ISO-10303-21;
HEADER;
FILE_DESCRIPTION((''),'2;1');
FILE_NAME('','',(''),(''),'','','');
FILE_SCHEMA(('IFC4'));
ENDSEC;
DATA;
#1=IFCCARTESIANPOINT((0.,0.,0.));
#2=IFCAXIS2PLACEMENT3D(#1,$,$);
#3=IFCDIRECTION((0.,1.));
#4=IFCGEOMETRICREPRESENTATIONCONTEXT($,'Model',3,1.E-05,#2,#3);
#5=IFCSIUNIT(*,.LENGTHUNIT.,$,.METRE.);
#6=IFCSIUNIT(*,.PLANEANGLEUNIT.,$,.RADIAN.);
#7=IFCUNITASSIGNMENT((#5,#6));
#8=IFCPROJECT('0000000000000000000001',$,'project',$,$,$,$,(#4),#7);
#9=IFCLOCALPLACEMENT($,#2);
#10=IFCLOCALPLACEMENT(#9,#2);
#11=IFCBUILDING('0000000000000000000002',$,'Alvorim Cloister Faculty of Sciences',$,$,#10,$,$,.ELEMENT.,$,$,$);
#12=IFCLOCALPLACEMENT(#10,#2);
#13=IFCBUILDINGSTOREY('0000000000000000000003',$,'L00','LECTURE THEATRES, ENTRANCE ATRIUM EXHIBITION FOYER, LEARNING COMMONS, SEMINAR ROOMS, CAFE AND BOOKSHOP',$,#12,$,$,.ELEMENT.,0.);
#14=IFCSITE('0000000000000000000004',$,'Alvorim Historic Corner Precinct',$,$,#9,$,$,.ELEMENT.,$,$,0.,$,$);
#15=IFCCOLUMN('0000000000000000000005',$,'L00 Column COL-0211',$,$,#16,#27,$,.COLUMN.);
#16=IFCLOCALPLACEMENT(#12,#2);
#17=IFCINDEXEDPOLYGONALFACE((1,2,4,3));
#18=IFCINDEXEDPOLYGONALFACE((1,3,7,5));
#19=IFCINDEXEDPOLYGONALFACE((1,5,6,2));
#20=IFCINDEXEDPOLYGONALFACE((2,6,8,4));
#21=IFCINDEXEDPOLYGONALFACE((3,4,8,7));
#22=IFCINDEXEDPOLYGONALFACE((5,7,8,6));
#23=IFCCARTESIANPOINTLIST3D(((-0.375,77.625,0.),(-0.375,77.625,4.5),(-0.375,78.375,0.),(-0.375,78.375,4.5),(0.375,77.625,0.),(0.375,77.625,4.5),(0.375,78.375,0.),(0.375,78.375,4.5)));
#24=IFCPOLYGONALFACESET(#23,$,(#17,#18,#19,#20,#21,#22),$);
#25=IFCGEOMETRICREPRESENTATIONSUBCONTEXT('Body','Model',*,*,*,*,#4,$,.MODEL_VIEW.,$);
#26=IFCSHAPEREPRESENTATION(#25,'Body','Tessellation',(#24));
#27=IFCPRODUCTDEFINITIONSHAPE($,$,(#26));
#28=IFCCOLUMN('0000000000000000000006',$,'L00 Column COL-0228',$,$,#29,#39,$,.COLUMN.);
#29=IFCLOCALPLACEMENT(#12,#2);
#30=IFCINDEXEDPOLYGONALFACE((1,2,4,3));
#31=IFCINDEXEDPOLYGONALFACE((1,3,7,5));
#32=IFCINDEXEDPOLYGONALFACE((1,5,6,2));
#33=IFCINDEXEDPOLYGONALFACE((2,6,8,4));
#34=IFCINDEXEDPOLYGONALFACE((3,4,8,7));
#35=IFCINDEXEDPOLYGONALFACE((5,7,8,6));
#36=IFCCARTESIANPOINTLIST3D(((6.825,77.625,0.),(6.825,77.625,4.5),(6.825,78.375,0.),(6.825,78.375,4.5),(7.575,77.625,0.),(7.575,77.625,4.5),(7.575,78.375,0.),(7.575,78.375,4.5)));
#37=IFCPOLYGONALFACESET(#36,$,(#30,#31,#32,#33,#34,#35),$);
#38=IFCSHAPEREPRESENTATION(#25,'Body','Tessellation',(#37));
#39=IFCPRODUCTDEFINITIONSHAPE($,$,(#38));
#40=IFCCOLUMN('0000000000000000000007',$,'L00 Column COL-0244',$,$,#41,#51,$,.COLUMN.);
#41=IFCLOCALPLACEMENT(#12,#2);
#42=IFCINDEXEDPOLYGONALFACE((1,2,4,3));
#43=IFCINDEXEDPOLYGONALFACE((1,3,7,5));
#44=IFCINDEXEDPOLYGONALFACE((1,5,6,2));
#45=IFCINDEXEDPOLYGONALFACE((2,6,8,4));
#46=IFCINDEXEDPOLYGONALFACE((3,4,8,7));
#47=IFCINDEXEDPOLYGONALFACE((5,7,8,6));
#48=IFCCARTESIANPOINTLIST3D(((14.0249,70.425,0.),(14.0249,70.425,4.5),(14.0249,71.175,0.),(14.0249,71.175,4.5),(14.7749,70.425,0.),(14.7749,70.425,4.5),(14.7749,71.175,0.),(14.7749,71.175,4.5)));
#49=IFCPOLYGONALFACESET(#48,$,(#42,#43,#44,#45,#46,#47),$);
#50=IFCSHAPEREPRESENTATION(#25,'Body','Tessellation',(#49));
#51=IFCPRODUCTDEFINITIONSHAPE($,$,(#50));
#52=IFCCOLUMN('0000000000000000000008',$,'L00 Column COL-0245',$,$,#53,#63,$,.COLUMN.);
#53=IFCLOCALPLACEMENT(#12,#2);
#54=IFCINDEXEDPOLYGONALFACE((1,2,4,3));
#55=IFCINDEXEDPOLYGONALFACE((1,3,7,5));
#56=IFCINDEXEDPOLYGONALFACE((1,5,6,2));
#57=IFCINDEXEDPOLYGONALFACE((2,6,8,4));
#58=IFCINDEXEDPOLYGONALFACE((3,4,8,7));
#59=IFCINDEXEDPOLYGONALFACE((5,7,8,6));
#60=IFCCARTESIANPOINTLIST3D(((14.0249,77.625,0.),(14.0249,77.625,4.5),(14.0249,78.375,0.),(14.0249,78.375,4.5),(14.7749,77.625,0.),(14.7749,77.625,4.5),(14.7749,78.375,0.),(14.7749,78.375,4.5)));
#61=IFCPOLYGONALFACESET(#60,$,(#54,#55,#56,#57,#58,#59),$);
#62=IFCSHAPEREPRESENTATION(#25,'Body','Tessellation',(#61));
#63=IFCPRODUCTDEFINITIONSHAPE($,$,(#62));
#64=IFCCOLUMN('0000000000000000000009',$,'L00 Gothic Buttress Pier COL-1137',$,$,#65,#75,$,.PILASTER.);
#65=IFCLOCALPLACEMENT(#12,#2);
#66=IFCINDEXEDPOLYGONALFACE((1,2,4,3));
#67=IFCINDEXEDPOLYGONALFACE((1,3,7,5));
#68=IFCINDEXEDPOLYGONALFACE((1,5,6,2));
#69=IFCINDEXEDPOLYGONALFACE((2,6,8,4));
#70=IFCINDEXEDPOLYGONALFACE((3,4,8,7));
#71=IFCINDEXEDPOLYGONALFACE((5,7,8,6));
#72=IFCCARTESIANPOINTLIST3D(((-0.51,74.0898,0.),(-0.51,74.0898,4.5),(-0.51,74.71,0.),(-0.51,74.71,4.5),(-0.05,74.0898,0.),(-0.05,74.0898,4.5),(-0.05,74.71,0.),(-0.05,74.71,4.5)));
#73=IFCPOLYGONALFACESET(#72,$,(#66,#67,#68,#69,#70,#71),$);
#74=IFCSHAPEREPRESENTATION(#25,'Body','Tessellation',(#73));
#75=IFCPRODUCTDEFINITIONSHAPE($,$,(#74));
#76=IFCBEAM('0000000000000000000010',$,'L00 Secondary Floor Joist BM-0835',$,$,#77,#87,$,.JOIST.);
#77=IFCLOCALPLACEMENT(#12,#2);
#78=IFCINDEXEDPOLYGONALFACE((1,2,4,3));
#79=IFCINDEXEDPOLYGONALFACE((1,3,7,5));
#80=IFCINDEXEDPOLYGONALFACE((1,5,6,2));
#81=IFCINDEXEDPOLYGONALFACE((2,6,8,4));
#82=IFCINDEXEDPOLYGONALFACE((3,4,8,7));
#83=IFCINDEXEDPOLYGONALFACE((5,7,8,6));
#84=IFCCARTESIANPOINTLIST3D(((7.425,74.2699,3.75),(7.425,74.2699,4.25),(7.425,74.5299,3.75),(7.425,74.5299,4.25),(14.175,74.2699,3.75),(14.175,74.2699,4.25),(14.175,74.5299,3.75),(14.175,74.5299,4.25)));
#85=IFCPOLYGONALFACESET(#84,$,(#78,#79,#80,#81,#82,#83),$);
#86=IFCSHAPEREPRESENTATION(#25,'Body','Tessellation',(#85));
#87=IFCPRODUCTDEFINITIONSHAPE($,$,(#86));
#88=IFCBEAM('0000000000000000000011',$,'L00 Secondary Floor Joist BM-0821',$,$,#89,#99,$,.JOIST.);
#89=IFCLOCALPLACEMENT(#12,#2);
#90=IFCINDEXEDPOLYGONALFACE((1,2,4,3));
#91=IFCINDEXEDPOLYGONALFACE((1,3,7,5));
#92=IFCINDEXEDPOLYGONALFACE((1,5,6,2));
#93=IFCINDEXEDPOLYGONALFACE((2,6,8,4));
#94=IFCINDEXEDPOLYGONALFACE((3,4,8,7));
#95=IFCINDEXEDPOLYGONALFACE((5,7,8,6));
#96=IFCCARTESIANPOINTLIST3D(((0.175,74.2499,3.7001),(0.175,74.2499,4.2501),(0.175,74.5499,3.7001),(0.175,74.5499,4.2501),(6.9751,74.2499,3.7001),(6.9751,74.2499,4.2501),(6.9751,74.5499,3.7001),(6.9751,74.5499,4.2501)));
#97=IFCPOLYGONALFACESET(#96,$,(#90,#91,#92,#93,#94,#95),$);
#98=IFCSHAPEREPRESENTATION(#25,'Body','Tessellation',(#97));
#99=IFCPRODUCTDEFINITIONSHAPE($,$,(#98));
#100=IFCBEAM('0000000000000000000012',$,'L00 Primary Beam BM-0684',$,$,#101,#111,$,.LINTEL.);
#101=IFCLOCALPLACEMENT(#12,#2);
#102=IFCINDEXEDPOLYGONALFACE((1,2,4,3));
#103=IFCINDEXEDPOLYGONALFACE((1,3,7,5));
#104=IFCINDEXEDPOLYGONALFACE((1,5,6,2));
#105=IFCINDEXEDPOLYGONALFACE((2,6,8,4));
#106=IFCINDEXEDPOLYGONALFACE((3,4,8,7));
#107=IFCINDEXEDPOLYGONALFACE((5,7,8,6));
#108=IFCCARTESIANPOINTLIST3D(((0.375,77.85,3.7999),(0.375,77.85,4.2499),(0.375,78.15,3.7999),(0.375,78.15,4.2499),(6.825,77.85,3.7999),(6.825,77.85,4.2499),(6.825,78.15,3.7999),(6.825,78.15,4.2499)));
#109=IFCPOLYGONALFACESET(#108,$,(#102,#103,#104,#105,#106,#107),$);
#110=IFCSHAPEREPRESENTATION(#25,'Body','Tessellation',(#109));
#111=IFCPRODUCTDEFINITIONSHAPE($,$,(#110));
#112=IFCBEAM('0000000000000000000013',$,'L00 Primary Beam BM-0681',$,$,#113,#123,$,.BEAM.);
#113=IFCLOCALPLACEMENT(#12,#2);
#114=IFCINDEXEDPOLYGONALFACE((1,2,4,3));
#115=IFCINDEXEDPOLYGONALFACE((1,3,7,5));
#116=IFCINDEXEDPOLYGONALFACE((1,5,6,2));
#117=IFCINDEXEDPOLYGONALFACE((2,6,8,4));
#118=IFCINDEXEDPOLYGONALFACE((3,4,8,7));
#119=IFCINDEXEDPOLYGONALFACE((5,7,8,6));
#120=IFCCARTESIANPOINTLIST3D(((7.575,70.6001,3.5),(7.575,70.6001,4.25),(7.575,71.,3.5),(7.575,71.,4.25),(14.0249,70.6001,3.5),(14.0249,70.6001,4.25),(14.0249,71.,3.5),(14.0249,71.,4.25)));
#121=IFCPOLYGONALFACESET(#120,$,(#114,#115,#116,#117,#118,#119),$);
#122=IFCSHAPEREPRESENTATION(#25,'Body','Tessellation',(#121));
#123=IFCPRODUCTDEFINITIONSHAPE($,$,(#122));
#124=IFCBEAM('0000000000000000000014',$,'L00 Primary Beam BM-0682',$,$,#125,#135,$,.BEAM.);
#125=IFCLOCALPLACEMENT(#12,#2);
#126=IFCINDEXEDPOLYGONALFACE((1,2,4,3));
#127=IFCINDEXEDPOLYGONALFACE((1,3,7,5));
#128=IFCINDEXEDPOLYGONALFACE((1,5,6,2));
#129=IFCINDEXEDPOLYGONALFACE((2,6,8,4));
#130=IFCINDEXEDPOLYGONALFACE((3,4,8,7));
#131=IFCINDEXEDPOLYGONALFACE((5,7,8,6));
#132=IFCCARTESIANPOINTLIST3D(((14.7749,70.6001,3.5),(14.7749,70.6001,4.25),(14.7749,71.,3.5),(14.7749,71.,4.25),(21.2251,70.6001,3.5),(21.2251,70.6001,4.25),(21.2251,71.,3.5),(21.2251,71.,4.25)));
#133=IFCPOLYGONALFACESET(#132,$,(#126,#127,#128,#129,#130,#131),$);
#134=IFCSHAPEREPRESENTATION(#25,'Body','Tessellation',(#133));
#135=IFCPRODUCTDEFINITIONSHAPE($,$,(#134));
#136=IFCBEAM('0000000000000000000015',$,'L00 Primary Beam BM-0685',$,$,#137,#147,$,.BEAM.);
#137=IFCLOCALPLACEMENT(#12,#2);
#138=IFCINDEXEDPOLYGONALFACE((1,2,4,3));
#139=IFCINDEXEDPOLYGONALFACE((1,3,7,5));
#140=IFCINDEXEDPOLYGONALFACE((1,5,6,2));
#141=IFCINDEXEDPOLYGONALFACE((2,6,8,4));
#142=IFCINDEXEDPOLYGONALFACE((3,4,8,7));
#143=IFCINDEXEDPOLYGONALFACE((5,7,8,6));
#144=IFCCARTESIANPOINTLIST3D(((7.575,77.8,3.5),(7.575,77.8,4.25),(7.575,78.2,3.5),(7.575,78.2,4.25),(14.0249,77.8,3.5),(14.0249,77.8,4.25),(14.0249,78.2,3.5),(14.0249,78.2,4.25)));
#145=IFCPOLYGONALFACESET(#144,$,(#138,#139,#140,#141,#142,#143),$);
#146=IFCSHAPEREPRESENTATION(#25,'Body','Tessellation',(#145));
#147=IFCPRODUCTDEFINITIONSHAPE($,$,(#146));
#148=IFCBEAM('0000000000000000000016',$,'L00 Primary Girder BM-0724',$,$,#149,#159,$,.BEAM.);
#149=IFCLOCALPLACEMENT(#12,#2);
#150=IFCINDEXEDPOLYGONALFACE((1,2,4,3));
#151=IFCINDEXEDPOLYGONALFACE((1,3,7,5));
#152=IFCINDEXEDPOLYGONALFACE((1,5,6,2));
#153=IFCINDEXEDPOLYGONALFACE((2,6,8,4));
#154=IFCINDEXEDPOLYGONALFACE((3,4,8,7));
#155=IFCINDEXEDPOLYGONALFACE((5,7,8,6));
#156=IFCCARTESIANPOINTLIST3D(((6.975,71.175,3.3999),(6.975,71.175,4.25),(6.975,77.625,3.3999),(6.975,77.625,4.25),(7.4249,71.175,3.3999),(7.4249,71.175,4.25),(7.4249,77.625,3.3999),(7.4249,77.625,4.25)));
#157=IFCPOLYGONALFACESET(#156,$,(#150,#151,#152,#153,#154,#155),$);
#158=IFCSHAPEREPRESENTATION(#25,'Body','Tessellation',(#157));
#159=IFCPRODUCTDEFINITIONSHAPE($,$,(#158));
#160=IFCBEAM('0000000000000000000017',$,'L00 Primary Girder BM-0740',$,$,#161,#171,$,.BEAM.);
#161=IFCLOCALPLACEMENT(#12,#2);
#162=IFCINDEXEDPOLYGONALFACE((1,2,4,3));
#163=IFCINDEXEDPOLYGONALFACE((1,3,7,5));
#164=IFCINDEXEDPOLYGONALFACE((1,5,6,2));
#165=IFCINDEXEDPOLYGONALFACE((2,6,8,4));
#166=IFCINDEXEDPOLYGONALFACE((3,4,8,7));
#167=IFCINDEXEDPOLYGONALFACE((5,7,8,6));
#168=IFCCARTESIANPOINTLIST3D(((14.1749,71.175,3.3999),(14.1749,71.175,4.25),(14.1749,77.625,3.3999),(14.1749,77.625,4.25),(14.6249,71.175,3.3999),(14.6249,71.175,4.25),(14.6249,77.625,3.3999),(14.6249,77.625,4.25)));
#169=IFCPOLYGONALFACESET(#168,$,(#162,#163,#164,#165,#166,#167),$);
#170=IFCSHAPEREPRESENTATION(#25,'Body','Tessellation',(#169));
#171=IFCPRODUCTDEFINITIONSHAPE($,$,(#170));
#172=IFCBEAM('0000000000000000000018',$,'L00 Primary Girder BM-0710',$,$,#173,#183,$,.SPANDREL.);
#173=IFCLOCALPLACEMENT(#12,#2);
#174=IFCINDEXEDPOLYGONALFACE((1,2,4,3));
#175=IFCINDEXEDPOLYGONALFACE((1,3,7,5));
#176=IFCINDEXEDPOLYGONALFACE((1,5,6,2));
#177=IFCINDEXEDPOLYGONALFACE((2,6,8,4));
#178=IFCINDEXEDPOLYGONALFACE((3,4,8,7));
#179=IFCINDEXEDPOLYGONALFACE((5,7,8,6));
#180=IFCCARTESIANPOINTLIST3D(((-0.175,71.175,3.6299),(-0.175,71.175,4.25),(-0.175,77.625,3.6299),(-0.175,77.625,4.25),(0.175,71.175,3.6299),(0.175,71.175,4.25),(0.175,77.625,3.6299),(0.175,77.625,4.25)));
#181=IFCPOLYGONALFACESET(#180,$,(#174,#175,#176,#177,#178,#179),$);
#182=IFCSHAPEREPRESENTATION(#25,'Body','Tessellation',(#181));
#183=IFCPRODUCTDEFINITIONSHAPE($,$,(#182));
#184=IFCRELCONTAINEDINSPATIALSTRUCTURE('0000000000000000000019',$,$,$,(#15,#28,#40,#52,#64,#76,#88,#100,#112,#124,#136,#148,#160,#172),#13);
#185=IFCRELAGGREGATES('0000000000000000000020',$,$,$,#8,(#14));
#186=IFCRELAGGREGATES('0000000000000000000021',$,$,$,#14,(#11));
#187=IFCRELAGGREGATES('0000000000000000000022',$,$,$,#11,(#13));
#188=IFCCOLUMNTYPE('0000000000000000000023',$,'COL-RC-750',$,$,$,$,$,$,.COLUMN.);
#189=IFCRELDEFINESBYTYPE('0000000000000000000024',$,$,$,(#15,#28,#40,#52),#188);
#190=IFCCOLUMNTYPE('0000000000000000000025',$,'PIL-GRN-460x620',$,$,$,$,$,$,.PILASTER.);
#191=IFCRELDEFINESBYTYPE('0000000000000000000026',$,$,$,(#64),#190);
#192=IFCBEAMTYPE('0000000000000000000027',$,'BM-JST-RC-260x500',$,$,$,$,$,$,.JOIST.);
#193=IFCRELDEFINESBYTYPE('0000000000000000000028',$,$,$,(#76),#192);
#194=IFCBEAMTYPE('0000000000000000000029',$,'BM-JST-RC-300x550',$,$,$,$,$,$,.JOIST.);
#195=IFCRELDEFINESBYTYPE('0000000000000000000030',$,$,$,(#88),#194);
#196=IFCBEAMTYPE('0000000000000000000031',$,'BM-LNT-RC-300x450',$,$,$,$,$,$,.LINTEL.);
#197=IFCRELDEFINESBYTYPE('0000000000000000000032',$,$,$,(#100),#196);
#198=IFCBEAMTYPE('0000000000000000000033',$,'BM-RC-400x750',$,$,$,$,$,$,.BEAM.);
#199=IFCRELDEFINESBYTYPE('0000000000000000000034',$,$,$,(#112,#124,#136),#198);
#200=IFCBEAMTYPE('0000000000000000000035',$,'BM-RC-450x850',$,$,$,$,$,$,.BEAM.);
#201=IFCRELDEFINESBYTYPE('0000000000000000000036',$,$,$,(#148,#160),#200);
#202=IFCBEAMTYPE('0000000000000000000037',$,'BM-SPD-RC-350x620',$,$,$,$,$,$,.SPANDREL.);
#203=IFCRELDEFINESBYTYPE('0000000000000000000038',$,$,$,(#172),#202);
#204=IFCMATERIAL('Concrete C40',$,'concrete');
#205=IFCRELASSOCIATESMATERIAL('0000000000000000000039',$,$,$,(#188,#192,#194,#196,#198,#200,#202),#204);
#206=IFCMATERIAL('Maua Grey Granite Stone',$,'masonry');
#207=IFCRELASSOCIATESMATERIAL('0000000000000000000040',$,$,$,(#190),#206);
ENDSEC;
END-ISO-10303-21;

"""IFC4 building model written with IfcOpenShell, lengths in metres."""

from ifc_helpers import new_model, si_unit, direction, frame, origin, origin_2d, place, context, subcontext, project, spatial, rectangle, extrude, material, material_profile, profile_set, type_object, element, save


model = new_model("IFC4")

# Units and contexts
model_context = context("Model", 3, precision=1e-05, world=origin(), true_north=direction((0.0, 1.0)))
body_context = subcontext(model_context, "Body", "Model", "MODEL_VIEW")
ifc_project = project(units=[si_unit("LENGTHUNIT", "METRE"), si_unit("PLANEANGLEUNIT", "RADIAN")], contexts=[model_context])

# Site, building, storey
site_placement = place(None, origin())
site = spatial("IfcSite", under=ifc_project, at=site_placement, Name="Alvorim Historic Corner Precinct", CompositionType="ELEMENT", RefElevation=0.0)
building_placement = place(site_placement, origin())
building = spatial("IfcBuilding", under=site, at=building_placement, Name="Alvorim Cloister Faculty of Sciences", CompositionType="ELEMENT")
storey_placement = place(building_placement, origin())
storey = spatial("IfcBuildingStorey", under=building, at=storey_placement, Name="L00", Description="LECTURE THEATRES, ENTRANCE ATRIUM EXHIBITION FOYER, LEARNING COMMONS, SEMINAR ROOMS, CAFE AND BOOKSHOP", CompositionType="ELEMENT", Elevation=0.0)

# Columns
ifc_material_1 = material(Name="Concrete C40", Category="concrete")
ifc_material_profile_1 = material_profile(ifc_material_1, rectangle(XDim=0.75, YDim=0.75, at=origin_2d()), Name="RC40-COL-750x750")
ifc_profile_set_1 = profile_set([ifc_material_profile_1], Name="Concrete C40")
column_type_1 = type_object("IfcColumnType", Name="COL-RC-750", PredefinedType="COLUMN", material=ifc_profile_set_1)
for number, where, z_axis, x_axis, name in (
    (1, (0.0, 78.0, 0.0), (0.0, 0.0, 1.0), (1.0, 0.0, 0.0), "L00 Column COL-0211"),
    (2, (7.2, 78.0, 0.0), (0.0, 0.0, 1.0), (1.0, 0.0, 0.0), "L00 Column COL-0228"),
    (3, (14.3999, 70.8, 0.0), (0.0, 0.0, 1.0), (1.0, 0.0, 0.0), "L00 Column COL-0244"),
    (4, (14.3999, 78.0, 0.0), (0.0, 0.0, 1.0), (1.0, 0.0, 0.0), "L00 Column COL-0245"),
):
    element("IfcColumn", number, at=place(storey_placement, frame(where, z_axis=z_axis, x_axis=x_axis)), inside=storey, type_object=column_type_1, Name=name, PredefinedType="COLUMN", context=body_context, shape_type="SweptSolid", body=[
        extrude(rectangle(XDim=0.75, YDim=0.75, at=origin_2d()), origin(), (0.0, 0.0, 1.0), 4.5),
    ])
ifc_material_2 = material(Name="Maua Grey Granite Stone", Category="masonry")
ifc_material_profile_2 = material_profile(ifc_material_2, rectangle(XDim=0.46, YDim=0.6201, at=origin_2d()), Name="GRN-PIER-460x620")
ifc_profile_set_2 = profile_set([ifc_material_profile_2], Name="Maua Grey Granite Stone")
column_type_2 = type_object("IfcColumnType", Name="PIL-GRN-460x620", PredefinedType="PILASTER", material=ifc_profile_set_2)
column_placement = place(storey_placement, frame((-0.28, 74.3999, 0.0), z_axis=(0.0, 0.0, 1.0), x_axis=(1.0, 0.0, 0.0)))
element("IfcColumn", 5, at=column_placement, inside=storey, type_object=column_type_2, Name="L00 Gothic Buttress Pier COL-1137", PredefinedType="PILASTER", context=body_context, shape_type="SweptSolid", body=[
    extrude(rectangle(XDim=0.46, YDim=0.6201, at=origin_2d()), origin(), (0.0, 0.0, 1.0), 4.5),
])

# Beams
ifc_material_profile_3 = material_profile(ifc_material_1, rectangle(XDim=0.26, YDim=0.5, at=origin_2d()), Name="RC40-JST-260x500")
ifc_profile_set_3 = profile_set([ifc_material_profile_3], Name="Concrete C40")
beam_type_1 = type_object("IfcBeamType", Name="BM-JST-RC-260x500", PredefinedType="JOIST", material=ifc_profile_set_3)
beam_1_placement = place(storey_placement, frame((7.425, 74.3999, 4.0), z_axis=(1.0, 0.0, 0.0), x_axis=(0.0, 1.0, 0.0)))
element("IfcBeam", 6, at=beam_1_placement, inside=storey, type_object=beam_type_1, Name="L00 Secondary Floor Joist BM-0835", PredefinedType="JOIST", context=body_context, shape_type="SweptSolid", body=[
    extrude(rectangle(XDim=0.26, YDim=0.5, at=origin_2d()), origin(), (0.0, 0.0, 1.0), 6.75),
])
ifc_material_profile_4 = material_profile(ifc_material_1, rectangle(XDim=0.3, YDim=0.55, at=origin_2d()), Name="RC40-JST-300x550")
ifc_profile_set_4 = profile_set([ifc_material_profile_4], Name="Concrete C40")
beam_type_2 = type_object("IfcBeamType", Name="BM-JST-RC-300x550", PredefinedType="JOIST", material=ifc_profile_set_4)
beam_2_placement = place(storey_placement, frame((0.175, 74.3999, 3.9751), z_axis=(1.0, 0.0, 0.0), x_axis=(0.0, 1.0, 0.0)))
element("IfcBeam", 7, at=beam_2_placement, inside=storey, type_object=beam_type_2, Name="L00 Secondary Floor Joist BM-0821", PredefinedType="JOIST", context=body_context, shape_type="SweptSolid", body=[
    extrude(rectangle(XDim=0.3, YDim=0.55, at=origin_2d()), origin(), (0.0, 0.0, 1.0), 6.8),
])
ifc_material_profile_5 = material_profile(ifc_material_1, rectangle(XDim=0.3, YDim=0.45, at=origin_2d()), Name="RC40-LNT-300x450")
ifc_profile_set_5 = profile_set([ifc_material_profile_5], Name="Concrete C40")
beam_type_3 = type_object("IfcBeamType", Name="BM-LNT-RC-300x450", PredefinedType="LINTEL", material=ifc_profile_set_5)
beam_3_placement = place(storey_placement, frame((0.375, 78.0, 4.0249), z_axis=(1.0, 0.0, 0.0), x_axis=(0.0, 1.0, 0.0)))
element("IfcBeam", 8, at=beam_3_placement, inside=storey, type_object=beam_type_3, Name="L00 Primary Beam BM-0684", PredefinedType="LINTEL", context=body_context, shape_type="SweptSolid", body=[
    extrude(rectangle(XDim=0.3, YDim=0.45, at=origin_2d()), origin(), (0.0, 0.0, 1.0), 6.45),
])
ifc_material_profile_6 = material_profile(ifc_material_1, rectangle(XDim=0.3999, YDim=0.75, at=origin_2d()), Name="RC40-BM-400x750")
ifc_profile_set_6 = profile_set([ifc_material_profile_6], Name="Concrete C40")
beam_type_4 = type_object("IfcBeamType", Name="BM-RC-400x750", PredefinedType="BEAM", material=ifc_profile_set_6)
beam_4_placement = place(storey_placement, frame((7.575, 70.8, 3.875), z_axis=(1.0, 0.0, 0.0), x_axis=(0.0, 1.0, 0.0)))
element("IfcBeam", 9, at=beam_4_placement, inside=storey, type_object=beam_type_4, Name="L00 Primary Beam BM-0681", PredefinedType="BEAM", context=body_context, shape_type="SweptSolid", body=[
    extrude(rectangle(XDim=0.3999, YDim=0.75, at=origin_2d()), origin(), (0.0, 0.0, 1.0), 6.45),
])
beam_5_placement = place(storey_placement, frame((14.7749, 70.8, 3.875), z_axis=(1.0, 0.0, 0.0), x_axis=(0.0, 1.0, 0.0)))
element("IfcBeam", 10, at=beam_5_placement, inside=storey, type_object=beam_type_4, Name="L00 Primary Beam BM-0682", PredefinedType="BEAM", context=body_context, shape_type="SweptSolid", body=[
    extrude(rectangle(XDim=0.3999, YDim=0.75, at=origin_2d()), origin(), (0.0, 0.0, 1.0), 6.4502),
])
beam_6_placement = place(storey_placement, frame((7.575, 78.0, 3.875), z_axis=(1.0, 0.0, 0.0), x_axis=(0.0, 1.0, 0.0)))
element("IfcBeam", 11, at=beam_6_placement, inside=storey, type_object=beam_type_4, Name="L00 Primary Beam BM-0685", PredefinedType="BEAM", context=body_context, shape_type="SweptSolid", body=[
    extrude(rectangle(XDim=0.3999, YDim=0.75, at=origin_2d()), origin(), (0.0, 0.0, 1.0), 6.45),
])
ifc_material_profile_7 = material_profile(ifc_material_1, rectangle(XDim=0.45, YDim=0.8501, at=origin_2d()), Name="RC40-BM-450x850")
ifc_profile_set_7 = profile_set([ifc_material_profile_7], Name="Concrete C40")
beam_type_5 = type_object("IfcBeamType", Name="BM-RC-450x850", PredefinedType="BEAM", material=ifc_profile_set_7)
for number, where, z_axis, x_axis, name in (
    (12, (7.2, 71.175, 3.825), (0.0, 1.0, 0.0), (-1.0, 0.0, 0.0), "L00 Primary Girder BM-0724"),
    (13, (14.3999, 71.175, 3.825), (0.0, 1.0, 0.0), (-1.0, 0.0, 0.0), "L00 Primary Girder BM-0740"),
):
    element("IfcBeam", number, at=place(storey_placement, frame(where, z_axis=z_axis, x_axis=x_axis)), inside=storey, type_object=beam_type_5, Name=name, PredefinedType="BEAM", context=body_context, shape_type="SweptSolid", body=[
        extrude(rectangle(XDim=0.45, YDim=0.8501, at=origin_2d()), origin(), (0.0, 0.0, 1.0), 6.45),
    ])
ifc_material_profile_8 = material_profile(ifc_material_1, rectangle(XDim=0.3501, YDim=0.6201, at=origin_2d()), Name="RC40-SPD-350x620")
ifc_profile_set_8 = profile_set([ifc_material_profile_8], Name="Concrete C40")
beam_type_6 = type_object("IfcBeamType", Name="BM-SPD-RC-350x620", PredefinedType="SPANDREL", material=ifc_profile_set_8)
beam_7_placement = place(storey_placement, frame((0.0, 71.175, 3.9399), z_axis=(0.0, 1.0, 0.0), x_axis=(-1.0, 0.0, 0.0)))
element("IfcBeam", 14, at=beam_7_placement, inside=storey, type_object=beam_type_6, Name="L00 Primary Girder BM-0710", PredefinedType="SPANDREL", context=body_context, shape_type="SweptSolid", body=[
    extrude(rectangle(XDim=0.3501, YDim=0.6201, at=origin_2d()), origin(), (0.0, 0.0, 1.0), 6.45),
])

save(model, "model.ifc")
